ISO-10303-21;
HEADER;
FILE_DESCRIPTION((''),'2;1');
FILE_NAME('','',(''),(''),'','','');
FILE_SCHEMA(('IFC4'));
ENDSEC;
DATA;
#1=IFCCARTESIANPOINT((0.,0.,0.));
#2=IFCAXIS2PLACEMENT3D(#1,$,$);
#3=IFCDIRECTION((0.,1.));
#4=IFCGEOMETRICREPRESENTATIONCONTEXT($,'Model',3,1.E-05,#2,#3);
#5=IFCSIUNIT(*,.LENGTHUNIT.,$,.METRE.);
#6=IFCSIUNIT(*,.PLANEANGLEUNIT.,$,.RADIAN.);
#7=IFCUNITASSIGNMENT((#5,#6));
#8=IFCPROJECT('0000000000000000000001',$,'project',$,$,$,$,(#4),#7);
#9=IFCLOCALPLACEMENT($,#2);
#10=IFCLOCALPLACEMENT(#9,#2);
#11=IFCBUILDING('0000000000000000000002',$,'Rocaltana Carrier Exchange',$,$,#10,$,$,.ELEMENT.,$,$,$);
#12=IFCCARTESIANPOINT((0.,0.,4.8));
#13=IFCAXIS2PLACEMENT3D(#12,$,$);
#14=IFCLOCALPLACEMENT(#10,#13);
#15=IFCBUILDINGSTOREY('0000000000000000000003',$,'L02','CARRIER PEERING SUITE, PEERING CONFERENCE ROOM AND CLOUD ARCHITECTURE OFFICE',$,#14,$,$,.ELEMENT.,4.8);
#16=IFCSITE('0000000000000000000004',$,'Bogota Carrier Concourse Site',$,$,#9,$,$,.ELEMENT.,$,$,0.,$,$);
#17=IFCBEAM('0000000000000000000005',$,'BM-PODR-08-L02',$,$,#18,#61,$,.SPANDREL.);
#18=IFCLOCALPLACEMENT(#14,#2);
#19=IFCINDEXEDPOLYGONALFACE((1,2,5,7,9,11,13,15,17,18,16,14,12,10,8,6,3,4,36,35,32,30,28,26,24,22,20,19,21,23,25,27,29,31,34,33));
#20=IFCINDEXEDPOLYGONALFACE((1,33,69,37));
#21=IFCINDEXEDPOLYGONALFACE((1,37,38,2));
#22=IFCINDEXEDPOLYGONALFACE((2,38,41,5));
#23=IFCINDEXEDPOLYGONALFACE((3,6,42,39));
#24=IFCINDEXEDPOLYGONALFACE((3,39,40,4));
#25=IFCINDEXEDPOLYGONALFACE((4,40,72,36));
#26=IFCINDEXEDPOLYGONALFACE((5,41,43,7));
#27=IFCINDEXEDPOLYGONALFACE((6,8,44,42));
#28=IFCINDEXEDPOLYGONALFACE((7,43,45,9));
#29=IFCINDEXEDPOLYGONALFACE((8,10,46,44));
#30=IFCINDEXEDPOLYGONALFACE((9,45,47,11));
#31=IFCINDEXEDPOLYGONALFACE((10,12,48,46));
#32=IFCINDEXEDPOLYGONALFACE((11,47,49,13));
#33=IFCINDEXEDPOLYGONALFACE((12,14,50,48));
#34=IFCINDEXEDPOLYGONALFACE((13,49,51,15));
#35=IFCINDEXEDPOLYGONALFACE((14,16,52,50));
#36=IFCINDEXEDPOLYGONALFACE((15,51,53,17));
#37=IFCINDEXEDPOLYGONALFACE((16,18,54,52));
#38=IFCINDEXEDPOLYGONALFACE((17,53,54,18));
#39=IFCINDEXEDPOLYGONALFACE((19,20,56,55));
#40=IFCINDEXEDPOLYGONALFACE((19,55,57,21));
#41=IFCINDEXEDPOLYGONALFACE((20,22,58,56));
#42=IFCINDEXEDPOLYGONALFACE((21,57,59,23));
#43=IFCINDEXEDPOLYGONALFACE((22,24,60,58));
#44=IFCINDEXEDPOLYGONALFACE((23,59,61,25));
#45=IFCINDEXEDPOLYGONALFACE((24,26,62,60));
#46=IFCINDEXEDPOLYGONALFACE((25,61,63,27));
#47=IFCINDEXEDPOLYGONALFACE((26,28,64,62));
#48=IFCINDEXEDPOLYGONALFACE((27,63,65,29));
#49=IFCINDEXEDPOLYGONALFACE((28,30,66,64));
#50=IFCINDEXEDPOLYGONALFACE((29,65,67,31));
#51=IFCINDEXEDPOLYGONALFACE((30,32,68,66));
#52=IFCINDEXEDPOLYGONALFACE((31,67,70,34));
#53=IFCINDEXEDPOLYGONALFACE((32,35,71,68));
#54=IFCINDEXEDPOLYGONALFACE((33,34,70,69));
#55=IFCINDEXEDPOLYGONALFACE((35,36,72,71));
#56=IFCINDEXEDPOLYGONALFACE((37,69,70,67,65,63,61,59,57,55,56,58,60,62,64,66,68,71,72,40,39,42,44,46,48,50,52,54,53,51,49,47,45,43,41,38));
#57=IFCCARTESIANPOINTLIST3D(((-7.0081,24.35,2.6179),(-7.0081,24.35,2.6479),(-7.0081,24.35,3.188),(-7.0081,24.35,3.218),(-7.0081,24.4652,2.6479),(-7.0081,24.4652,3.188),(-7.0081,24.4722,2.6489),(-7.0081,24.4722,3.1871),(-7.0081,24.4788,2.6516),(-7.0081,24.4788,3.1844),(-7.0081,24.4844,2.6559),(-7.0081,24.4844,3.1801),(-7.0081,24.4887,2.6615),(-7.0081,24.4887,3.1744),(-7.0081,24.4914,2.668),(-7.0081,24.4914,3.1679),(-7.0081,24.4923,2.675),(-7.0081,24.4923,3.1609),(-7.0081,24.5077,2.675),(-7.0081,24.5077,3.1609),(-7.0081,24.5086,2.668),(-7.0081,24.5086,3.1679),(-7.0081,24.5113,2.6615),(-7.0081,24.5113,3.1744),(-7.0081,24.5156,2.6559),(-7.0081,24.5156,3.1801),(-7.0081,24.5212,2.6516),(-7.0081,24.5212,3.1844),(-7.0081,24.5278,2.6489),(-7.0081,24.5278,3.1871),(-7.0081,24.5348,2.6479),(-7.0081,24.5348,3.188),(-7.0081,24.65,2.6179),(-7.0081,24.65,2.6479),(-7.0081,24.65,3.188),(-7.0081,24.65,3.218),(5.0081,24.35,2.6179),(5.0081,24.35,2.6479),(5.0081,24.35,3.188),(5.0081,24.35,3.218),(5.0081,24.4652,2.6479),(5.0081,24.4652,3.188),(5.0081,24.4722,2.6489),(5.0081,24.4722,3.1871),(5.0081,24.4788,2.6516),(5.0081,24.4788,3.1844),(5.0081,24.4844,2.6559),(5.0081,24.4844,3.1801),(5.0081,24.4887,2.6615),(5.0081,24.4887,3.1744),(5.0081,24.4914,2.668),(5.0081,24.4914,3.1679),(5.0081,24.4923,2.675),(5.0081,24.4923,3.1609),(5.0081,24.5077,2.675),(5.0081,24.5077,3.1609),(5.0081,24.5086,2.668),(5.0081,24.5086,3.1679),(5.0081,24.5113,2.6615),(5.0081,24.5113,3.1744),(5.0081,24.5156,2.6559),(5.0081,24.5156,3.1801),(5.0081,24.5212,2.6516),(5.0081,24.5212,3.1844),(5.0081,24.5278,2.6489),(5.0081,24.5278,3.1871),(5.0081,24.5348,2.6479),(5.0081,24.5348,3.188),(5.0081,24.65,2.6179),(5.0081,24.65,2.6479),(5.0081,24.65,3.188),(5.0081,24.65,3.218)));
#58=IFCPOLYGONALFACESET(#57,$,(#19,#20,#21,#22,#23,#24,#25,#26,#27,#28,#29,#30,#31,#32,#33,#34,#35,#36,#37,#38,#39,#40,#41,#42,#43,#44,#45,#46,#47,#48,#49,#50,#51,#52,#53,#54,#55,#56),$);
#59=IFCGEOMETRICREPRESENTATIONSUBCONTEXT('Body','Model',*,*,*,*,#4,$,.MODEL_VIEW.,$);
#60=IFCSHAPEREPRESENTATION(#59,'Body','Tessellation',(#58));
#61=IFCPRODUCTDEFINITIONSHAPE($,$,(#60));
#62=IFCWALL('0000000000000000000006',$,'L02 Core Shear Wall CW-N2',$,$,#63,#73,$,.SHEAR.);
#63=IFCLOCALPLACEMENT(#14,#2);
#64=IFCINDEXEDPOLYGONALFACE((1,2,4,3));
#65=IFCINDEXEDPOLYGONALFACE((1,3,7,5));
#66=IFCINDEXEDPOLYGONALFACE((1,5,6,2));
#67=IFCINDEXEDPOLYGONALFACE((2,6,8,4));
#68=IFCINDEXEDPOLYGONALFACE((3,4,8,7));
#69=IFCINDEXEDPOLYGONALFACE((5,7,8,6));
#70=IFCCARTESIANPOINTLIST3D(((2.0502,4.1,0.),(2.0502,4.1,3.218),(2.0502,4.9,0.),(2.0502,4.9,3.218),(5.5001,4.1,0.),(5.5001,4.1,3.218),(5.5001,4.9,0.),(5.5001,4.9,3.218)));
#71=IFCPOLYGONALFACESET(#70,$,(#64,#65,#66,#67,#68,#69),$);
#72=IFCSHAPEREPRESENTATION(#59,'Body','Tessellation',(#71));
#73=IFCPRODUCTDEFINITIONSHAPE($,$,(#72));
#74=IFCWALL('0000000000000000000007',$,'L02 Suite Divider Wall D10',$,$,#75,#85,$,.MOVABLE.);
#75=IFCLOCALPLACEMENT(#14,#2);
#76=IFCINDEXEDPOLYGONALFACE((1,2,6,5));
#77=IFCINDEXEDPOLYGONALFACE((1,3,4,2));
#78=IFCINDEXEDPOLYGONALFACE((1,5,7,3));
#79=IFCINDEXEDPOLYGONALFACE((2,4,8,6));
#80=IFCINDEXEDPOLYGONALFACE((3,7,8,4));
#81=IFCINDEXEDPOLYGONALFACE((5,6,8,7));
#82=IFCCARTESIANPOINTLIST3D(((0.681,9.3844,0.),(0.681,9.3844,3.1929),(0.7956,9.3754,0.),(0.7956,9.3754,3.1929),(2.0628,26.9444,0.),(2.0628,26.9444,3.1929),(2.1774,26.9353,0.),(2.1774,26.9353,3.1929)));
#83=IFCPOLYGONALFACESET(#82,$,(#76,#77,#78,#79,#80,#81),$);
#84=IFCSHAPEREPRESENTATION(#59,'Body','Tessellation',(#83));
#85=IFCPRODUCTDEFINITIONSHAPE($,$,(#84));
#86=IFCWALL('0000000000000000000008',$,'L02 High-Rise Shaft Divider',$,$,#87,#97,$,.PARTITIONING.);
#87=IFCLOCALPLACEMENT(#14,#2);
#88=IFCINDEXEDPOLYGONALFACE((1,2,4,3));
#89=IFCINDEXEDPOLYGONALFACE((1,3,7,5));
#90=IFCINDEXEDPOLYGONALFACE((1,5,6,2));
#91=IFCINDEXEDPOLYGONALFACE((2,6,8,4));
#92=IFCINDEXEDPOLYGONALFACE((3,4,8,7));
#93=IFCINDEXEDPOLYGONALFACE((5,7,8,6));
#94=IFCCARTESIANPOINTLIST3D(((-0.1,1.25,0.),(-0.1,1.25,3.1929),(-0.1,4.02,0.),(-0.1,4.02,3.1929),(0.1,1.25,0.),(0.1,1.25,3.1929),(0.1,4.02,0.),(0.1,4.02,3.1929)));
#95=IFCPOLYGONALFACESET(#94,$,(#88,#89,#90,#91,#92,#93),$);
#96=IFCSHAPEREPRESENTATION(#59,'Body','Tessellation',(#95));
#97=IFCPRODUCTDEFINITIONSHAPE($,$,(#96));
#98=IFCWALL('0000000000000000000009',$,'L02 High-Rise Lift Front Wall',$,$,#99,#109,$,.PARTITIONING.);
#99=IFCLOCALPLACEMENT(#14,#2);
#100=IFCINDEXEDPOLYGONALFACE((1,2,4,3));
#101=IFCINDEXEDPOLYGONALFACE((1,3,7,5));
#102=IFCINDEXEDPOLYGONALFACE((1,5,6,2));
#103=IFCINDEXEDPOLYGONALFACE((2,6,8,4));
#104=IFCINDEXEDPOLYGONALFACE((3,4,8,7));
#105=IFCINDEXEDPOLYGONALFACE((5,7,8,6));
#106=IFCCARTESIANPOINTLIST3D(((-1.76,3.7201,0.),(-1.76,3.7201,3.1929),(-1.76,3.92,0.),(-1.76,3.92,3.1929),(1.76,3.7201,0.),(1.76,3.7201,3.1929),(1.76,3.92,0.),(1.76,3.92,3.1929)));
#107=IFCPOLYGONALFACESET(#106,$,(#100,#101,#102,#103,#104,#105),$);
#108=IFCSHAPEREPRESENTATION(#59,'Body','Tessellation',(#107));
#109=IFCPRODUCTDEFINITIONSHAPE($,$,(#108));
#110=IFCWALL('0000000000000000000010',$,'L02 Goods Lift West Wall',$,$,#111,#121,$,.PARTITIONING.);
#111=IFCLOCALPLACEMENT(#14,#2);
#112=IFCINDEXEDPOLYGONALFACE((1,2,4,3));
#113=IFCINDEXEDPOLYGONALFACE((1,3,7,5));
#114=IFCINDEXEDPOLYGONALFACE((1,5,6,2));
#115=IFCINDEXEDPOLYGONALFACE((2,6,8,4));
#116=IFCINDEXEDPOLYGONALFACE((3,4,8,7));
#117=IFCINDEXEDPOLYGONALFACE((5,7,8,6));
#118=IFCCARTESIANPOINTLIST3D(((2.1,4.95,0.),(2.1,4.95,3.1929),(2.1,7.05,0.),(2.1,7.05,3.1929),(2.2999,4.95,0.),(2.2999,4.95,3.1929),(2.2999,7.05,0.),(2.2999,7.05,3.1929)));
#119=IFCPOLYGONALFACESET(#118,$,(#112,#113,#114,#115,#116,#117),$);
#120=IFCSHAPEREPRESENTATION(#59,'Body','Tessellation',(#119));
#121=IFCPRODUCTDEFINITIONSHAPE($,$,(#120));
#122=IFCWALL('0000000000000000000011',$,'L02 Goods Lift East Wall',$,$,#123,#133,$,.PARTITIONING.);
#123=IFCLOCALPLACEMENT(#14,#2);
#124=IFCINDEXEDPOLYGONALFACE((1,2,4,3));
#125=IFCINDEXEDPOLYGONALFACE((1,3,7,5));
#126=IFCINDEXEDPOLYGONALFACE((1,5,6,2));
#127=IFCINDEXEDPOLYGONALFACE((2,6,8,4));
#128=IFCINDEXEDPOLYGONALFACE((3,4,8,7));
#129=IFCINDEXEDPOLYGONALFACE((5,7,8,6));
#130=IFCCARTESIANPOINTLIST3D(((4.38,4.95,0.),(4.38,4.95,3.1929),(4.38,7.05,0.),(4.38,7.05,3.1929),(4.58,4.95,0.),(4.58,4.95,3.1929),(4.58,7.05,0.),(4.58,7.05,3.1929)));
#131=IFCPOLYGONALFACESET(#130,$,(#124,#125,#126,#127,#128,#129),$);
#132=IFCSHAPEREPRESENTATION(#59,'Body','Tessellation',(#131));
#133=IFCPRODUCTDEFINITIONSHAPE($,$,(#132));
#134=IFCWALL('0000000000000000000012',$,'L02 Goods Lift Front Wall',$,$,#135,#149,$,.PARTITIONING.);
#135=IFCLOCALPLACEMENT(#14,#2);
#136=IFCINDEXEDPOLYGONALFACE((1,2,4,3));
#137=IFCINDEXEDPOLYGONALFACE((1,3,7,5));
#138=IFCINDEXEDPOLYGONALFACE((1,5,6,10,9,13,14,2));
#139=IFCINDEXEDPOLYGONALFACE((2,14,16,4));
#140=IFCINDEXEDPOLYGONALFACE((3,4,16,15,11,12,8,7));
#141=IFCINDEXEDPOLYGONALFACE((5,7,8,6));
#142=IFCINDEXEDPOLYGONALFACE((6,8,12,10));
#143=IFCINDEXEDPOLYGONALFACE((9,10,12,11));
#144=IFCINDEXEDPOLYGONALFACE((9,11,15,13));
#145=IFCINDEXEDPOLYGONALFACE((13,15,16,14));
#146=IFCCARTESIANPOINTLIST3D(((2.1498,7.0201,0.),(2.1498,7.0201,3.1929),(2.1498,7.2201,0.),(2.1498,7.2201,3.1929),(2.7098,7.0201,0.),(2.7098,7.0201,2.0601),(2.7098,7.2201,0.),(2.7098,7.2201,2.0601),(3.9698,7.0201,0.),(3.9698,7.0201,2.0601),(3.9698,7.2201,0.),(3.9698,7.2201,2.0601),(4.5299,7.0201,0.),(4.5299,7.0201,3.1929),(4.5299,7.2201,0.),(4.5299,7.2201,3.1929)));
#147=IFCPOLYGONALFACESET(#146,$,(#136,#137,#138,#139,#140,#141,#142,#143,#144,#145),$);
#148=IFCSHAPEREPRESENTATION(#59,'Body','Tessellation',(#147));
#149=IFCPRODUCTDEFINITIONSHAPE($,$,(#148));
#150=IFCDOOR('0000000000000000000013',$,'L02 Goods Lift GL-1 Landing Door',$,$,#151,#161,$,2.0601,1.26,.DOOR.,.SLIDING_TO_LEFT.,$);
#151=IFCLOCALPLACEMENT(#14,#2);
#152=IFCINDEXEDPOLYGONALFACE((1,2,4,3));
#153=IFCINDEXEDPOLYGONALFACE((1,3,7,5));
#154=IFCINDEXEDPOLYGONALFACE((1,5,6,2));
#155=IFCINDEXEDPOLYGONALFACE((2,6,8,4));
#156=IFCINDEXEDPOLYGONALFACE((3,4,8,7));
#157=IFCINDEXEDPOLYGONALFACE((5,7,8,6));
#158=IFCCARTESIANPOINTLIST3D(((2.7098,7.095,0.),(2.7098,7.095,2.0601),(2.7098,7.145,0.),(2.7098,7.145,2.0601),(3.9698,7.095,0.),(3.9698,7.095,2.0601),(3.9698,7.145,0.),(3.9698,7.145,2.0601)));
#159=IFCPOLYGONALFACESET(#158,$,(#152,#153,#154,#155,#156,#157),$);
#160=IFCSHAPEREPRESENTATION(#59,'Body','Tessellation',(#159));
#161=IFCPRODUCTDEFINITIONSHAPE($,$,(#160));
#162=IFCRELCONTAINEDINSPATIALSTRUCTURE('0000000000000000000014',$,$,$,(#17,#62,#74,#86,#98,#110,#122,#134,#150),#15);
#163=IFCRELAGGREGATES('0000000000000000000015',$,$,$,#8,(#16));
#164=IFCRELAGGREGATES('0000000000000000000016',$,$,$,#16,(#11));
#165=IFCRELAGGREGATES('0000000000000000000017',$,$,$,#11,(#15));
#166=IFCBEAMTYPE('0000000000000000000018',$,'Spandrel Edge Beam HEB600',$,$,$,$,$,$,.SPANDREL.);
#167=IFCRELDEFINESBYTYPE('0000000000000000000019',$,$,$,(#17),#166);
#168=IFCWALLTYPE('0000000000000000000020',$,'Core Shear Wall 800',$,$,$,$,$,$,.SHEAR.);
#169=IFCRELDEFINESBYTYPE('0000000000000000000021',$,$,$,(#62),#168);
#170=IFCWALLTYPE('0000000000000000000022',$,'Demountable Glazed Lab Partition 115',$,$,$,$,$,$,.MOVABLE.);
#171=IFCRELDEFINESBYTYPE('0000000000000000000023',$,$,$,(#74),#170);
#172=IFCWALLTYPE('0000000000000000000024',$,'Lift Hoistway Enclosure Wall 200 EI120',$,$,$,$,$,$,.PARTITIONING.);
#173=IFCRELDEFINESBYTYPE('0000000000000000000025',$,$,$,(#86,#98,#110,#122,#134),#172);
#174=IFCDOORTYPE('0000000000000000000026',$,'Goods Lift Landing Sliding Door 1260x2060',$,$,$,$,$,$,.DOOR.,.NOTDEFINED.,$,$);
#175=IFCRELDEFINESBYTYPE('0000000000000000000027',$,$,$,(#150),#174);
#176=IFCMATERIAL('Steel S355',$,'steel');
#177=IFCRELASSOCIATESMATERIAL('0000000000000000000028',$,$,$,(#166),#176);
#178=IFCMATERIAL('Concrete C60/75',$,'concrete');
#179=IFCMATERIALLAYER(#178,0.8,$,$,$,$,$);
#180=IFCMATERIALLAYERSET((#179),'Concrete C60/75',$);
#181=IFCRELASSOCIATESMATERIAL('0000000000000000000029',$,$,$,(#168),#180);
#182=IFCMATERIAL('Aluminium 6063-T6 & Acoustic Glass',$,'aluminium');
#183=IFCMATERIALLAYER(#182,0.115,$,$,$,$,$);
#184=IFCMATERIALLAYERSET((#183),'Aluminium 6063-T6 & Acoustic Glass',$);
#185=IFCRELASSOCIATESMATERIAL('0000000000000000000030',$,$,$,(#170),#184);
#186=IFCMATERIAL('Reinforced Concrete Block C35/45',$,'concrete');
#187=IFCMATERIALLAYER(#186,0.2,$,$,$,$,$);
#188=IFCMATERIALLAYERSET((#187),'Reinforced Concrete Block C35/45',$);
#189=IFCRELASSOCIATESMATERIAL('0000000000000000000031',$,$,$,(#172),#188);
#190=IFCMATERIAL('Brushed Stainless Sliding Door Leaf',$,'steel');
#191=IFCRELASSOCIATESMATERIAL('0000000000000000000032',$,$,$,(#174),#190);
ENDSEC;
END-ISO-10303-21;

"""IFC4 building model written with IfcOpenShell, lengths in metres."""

from ifc_helpers import new_model, si_unit, direction, frame, frame_2d, origin, origin_2d, place, context, subcontext, project, spatial, rectangle, i_section, extrude, material, layer, layer_set, material_profile, profile_set, type_object, element, fill, save


model = new_model("IFC4")

# Units and contexts
model_context = context("Model", 3, precision=1e-05, world=origin(), true_north=direction((0.0, 1.0)))
body_context = subcontext(model_context, "Body", "Model", "MODEL_VIEW")
ifc_project = project(units=[si_unit("LENGTHUNIT", "METRE"), si_unit("PLANEANGLEUNIT", "RADIAN")], contexts=[model_context])

# Site, building, storey
site_placement = place(None, origin())
site = spatial("IfcSite", under=ifc_project, at=site_placement, Name="Bogota Carrier Concourse Site", CompositionType="ELEMENT", RefElevation=0.0)
building_placement = place(site_placement, origin())
building = spatial("IfcBuilding", under=site, at=building_placement, Name="Rocaltana Carrier Exchange", CompositionType="ELEMENT")
storey_placement = place(building_placement, frame((0.0, 0.0, 4.8)))
storey = spatial("IfcBuildingStorey", under=building, at=storey_placement, Name="L02", Description="CARRIER PEERING SUITE, PEERING CONFERENCE ROOM AND CLOUD ARCHITECTURE OFFICE", CompositionType="ELEMENT", Elevation=4.8)

# Beam
ifc_material_1 = material(Name="Steel S355", Category="steel")
ifc_material_profile_1 = material_profile(ifc_material_1, i_section(OverallWidth=0.3, OverallDepth=0.6001, WebThickness=0.0154, FlangeThickness=0.03, FilletRadius=0.0271, at=origin_2d()), Name="HEB600")
ifc_profile_set_1 = profile_set([ifc_material_profile_1], Name="Steel S355")
beam_type_1 = type_object("IfcBeamType", Name="Spandrel Edge Beam HEB600", PredefinedType="SPANDREL", material=ifc_profile_set_1)
beam_1_placement = place(storey_placement, frame((5.0081, 24.5, 2.918), z_axis=(-1.0, 0.0, 0.0), x_axis=(0.0, -1.0, 0.0)))
element("IfcBeam", 1, at=beam_1_placement, inside=storey, type_object=beam_type_1, Name="BM-PODR-08-L02", PredefinedType="SPANDREL", context=body_context, shape_type="SweptSolid", body=[
    extrude(i_section(OverallWidth=0.3, OverallDepth=0.6001, WebThickness=0.0154, FlangeThickness=0.03, FilletRadius=0.0271, at=origin_2d()), origin(), (0.0, 0.0, 1.0), 12.0161),
])

# Walls
ifc_material_2 = material(Name="Concrete C60/75", Category="concrete")
ifc_layer_1 = layer(ifc_material_2, 0.8)
ifc_layer_set_1 = layer_set([ifc_layer_1], Name="Concrete C60/75")
wall_type_1 = type_object("IfcWallType", Name="Core Shear Wall 800", PredefinedType="SHEAR", material=ifc_layer_set_1)
wall_1_placement = place(storey_placement, frame((2.05, 4.5, 0.0), z_axis=(0.0, 0.0, 1.0), x_axis=(1.0, 0.0, 0.0)))
element("IfcWall", 2, at=wall_1_placement, inside=storey, type_object=wall_type_1, Name="L02 Core Shear Wall CW-N2", PredefinedType="SHEAR", context=body_context, shape_type="SweptSolid", body=[
    extrude(rectangle(XDim=3.45, YDim=0.8, at=frame_2d((1.7251, 0.0))), origin(), (0.0, 0.0, 1.0), 3.218),
])
ifc_material_3 = material(Name="Aluminium 6063-T6 & Acoustic Glass", Category="aluminium")
ifc_layer_2 = layer(ifc_material_3, 0.115)
ifc_layer_set_2 = layer_set([ifc_layer_2], Name="Aluminium 6063-T6 & Acoustic Glass")
wall_type_2 = type_object("IfcWallType", Name="Demountable Glazed Lab Partition 115", PredefinedType="MOVABLE", material=ifc_layer_set_2)
wall_2_placement = place(storey_placement, frame((0.7383, 9.3799, 0.0), z_axis=(0.0, 0.0, 1.0), x_axis=(0.078449, 0.996918, 0.0)))
element("IfcWall", 3, at=wall_2_placement, inside=storey, type_object=wall_type_2, Name="L02 Suite Divider Wall D10", PredefinedType="MOVABLE", context=body_context, shape_type="SweptSolid", body=[
    extrude(rectangle(XDim=17.6143, YDim=0.115, at=frame_2d((8.8071, 0.0))), origin(), (0.0, 0.0, 1.0), 3.1929),
])
ifc_material_4 = material(Name="Reinforced Concrete Block C35/45", Category="concrete")
ifc_layer_3 = layer(ifc_material_4, 0.2)
ifc_layer_set_3 = layer_set([ifc_layer_3], Name="Reinforced Concrete Block C35/45")
wall_type_3 = type_object("IfcWallType", Name="Lift Hoistway Enclosure Wall 200 EI120", PredefinedType="PARTITIONING", material=ifc_layer_set_3)
wall_3_placement = place(storey_placement, frame((0.0, 1.25, 0.0), z_axis=(0.0, 0.0, 1.0), x_axis=(0.0, 1.0, 0.0)))
element("IfcWall", 4, at=wall_3_placement, inside=storey, type_object=wall_type_3, Name="L02 High-Rise Shaft Divider", PredefinedType="PARTITIONING", context=body_context, shape_type="SweptSolid", body=[
    extrude(rectangle(XDim=2.77, YDim=0.2, at=frame_2d((1.385, 0.0))), origin(), (0.0, 0.0, 1.0), 3.1929),
])
wall_4_placement = place(storey_placement, frame((-1.76, 3.8201, 0.0), z_axis=(0.0, 0.0, 1.0), x_axis=(1.0, 0.0, 0.0)))
element("IfcWall", 5, at=wall_4_placement, inside=storey, type_object=wall_type_3, Name="L02 High-Rise Lift Front Wall", PredefinedType="PARTITIONING", context=body_context, shape_type="SweptSolid", body=[
    extrude(rectangle(XDim=3.52, YDim=0.2, at=frame_2d((1.76, 0.0))), origin(), (0.0, 0.0, 1.0), 3.1929),
])
for number, where, z_axis, x_axis, name in (
    (6, (2.2, 4.95, 0.0), (0.0, 0.0, 1.0), (0.0, 1.0, 0.0), "L02 Goods Lift West Wall"),
    (7, (4.48, 4.95, 0.0), (0.0, 0.0, 1.0), (0.0, 1.0, 0.0), "L02 Goods Lift East Wall"),
):
    element("IfcWall", number, at=place(storey_placement, frame(where, z_axis=z_axis, x_axis=x_axis)), inside=storey, type_object=wall_type_3, Name=name, PredefinedType="PARTITIONING", context=body_context, shape_type="SweptSolid", body=[
        extrude(rectangle(XDim=2.1001, YDim=0.2, at=frame_2d((1.05, 0.0))), origin(), (0.0, 0.0, 1.0), 3.1929),
    ])

# Wall, opening, door
wall_5_placement = place(storey_placement, frame((2.1499, 7.1201, 0.0), z_axis=(0.0, 0.0, 1.0), x_axis=(1.0, 0.0, 0.0)))
wall_5 = element("IfcWall", 8, at=wall_5_placement, inside=storey, type_object=wall_type_3, Name="L02 Goods Lift Front Wall", PredefinedType="PARTITIONING", context=body_context, shape_type="SweptSolid", body=[
    extrude(rectangle(XDim=2.3801, YDim=0.2, at=frame_2d((1.1899, 0.0))), origin(), (0.0, 0.0, 1.0), 3.1929),
])
opening_1_placement = place(wall_5_placement, frame((0.5601, 0.0, 0.0)))
opening_1 = element("IfcOpeningElement", 9, at=opening_1_placement, cuts=wall_5, PredefinedType="OPENING", context=body_context, shape_type="SweptSolid", body=[
    extrude(rectangle(XDim=1.26, YDim=2.0601, at=frame_2d((0.6299, 1.03))), frame((0.0, 0.1099, 0.0), z_axis=(0.0, -1.0, 0.0), x_axis=(1.0, 0.0, 0.0)), (0.0, 0.0, 1.0), 0.22),
])
ifc_material_5 = material(Name="Brushed Stainless Sliding Door Leaf", Category="steel")
door_type_1 = type_object("IfcDoorType", Name="Goods Lift Landing Sliding Door 1260x2060", OperationType="NOTDEFINED", PredefinedType="DOOR", material=ifc_material_5)
door_1_placement = place(opening_1_placement, origin())
door_1 = element("IfcDoor", 10, at=door_1_placement, inside=storey, type_object=door_type_1, Name="L02 Goods Lift GL-1 Landing Door", OperationType="SLIDING_TO_LEFT", OverallHeight=2.0601, OverallWidth=1.26, PredefinedType="DOOR", context=body_context, shape_type="SweptSolid", body=[
    extrude(rectangle(XDim=1.26, YDim=2.0601, at=frame_2d((0.6299, 1.03))), frame((0.0, 0.0249, 0.0), z_axis=(0.0, -1.0, 0.0), x_axis=(1.0, 0.0, 0.0)), (0.0, 0.0, 1.0), 0.05),
])
fill(opening_1, door_1)

save(model, "model.ifc")
